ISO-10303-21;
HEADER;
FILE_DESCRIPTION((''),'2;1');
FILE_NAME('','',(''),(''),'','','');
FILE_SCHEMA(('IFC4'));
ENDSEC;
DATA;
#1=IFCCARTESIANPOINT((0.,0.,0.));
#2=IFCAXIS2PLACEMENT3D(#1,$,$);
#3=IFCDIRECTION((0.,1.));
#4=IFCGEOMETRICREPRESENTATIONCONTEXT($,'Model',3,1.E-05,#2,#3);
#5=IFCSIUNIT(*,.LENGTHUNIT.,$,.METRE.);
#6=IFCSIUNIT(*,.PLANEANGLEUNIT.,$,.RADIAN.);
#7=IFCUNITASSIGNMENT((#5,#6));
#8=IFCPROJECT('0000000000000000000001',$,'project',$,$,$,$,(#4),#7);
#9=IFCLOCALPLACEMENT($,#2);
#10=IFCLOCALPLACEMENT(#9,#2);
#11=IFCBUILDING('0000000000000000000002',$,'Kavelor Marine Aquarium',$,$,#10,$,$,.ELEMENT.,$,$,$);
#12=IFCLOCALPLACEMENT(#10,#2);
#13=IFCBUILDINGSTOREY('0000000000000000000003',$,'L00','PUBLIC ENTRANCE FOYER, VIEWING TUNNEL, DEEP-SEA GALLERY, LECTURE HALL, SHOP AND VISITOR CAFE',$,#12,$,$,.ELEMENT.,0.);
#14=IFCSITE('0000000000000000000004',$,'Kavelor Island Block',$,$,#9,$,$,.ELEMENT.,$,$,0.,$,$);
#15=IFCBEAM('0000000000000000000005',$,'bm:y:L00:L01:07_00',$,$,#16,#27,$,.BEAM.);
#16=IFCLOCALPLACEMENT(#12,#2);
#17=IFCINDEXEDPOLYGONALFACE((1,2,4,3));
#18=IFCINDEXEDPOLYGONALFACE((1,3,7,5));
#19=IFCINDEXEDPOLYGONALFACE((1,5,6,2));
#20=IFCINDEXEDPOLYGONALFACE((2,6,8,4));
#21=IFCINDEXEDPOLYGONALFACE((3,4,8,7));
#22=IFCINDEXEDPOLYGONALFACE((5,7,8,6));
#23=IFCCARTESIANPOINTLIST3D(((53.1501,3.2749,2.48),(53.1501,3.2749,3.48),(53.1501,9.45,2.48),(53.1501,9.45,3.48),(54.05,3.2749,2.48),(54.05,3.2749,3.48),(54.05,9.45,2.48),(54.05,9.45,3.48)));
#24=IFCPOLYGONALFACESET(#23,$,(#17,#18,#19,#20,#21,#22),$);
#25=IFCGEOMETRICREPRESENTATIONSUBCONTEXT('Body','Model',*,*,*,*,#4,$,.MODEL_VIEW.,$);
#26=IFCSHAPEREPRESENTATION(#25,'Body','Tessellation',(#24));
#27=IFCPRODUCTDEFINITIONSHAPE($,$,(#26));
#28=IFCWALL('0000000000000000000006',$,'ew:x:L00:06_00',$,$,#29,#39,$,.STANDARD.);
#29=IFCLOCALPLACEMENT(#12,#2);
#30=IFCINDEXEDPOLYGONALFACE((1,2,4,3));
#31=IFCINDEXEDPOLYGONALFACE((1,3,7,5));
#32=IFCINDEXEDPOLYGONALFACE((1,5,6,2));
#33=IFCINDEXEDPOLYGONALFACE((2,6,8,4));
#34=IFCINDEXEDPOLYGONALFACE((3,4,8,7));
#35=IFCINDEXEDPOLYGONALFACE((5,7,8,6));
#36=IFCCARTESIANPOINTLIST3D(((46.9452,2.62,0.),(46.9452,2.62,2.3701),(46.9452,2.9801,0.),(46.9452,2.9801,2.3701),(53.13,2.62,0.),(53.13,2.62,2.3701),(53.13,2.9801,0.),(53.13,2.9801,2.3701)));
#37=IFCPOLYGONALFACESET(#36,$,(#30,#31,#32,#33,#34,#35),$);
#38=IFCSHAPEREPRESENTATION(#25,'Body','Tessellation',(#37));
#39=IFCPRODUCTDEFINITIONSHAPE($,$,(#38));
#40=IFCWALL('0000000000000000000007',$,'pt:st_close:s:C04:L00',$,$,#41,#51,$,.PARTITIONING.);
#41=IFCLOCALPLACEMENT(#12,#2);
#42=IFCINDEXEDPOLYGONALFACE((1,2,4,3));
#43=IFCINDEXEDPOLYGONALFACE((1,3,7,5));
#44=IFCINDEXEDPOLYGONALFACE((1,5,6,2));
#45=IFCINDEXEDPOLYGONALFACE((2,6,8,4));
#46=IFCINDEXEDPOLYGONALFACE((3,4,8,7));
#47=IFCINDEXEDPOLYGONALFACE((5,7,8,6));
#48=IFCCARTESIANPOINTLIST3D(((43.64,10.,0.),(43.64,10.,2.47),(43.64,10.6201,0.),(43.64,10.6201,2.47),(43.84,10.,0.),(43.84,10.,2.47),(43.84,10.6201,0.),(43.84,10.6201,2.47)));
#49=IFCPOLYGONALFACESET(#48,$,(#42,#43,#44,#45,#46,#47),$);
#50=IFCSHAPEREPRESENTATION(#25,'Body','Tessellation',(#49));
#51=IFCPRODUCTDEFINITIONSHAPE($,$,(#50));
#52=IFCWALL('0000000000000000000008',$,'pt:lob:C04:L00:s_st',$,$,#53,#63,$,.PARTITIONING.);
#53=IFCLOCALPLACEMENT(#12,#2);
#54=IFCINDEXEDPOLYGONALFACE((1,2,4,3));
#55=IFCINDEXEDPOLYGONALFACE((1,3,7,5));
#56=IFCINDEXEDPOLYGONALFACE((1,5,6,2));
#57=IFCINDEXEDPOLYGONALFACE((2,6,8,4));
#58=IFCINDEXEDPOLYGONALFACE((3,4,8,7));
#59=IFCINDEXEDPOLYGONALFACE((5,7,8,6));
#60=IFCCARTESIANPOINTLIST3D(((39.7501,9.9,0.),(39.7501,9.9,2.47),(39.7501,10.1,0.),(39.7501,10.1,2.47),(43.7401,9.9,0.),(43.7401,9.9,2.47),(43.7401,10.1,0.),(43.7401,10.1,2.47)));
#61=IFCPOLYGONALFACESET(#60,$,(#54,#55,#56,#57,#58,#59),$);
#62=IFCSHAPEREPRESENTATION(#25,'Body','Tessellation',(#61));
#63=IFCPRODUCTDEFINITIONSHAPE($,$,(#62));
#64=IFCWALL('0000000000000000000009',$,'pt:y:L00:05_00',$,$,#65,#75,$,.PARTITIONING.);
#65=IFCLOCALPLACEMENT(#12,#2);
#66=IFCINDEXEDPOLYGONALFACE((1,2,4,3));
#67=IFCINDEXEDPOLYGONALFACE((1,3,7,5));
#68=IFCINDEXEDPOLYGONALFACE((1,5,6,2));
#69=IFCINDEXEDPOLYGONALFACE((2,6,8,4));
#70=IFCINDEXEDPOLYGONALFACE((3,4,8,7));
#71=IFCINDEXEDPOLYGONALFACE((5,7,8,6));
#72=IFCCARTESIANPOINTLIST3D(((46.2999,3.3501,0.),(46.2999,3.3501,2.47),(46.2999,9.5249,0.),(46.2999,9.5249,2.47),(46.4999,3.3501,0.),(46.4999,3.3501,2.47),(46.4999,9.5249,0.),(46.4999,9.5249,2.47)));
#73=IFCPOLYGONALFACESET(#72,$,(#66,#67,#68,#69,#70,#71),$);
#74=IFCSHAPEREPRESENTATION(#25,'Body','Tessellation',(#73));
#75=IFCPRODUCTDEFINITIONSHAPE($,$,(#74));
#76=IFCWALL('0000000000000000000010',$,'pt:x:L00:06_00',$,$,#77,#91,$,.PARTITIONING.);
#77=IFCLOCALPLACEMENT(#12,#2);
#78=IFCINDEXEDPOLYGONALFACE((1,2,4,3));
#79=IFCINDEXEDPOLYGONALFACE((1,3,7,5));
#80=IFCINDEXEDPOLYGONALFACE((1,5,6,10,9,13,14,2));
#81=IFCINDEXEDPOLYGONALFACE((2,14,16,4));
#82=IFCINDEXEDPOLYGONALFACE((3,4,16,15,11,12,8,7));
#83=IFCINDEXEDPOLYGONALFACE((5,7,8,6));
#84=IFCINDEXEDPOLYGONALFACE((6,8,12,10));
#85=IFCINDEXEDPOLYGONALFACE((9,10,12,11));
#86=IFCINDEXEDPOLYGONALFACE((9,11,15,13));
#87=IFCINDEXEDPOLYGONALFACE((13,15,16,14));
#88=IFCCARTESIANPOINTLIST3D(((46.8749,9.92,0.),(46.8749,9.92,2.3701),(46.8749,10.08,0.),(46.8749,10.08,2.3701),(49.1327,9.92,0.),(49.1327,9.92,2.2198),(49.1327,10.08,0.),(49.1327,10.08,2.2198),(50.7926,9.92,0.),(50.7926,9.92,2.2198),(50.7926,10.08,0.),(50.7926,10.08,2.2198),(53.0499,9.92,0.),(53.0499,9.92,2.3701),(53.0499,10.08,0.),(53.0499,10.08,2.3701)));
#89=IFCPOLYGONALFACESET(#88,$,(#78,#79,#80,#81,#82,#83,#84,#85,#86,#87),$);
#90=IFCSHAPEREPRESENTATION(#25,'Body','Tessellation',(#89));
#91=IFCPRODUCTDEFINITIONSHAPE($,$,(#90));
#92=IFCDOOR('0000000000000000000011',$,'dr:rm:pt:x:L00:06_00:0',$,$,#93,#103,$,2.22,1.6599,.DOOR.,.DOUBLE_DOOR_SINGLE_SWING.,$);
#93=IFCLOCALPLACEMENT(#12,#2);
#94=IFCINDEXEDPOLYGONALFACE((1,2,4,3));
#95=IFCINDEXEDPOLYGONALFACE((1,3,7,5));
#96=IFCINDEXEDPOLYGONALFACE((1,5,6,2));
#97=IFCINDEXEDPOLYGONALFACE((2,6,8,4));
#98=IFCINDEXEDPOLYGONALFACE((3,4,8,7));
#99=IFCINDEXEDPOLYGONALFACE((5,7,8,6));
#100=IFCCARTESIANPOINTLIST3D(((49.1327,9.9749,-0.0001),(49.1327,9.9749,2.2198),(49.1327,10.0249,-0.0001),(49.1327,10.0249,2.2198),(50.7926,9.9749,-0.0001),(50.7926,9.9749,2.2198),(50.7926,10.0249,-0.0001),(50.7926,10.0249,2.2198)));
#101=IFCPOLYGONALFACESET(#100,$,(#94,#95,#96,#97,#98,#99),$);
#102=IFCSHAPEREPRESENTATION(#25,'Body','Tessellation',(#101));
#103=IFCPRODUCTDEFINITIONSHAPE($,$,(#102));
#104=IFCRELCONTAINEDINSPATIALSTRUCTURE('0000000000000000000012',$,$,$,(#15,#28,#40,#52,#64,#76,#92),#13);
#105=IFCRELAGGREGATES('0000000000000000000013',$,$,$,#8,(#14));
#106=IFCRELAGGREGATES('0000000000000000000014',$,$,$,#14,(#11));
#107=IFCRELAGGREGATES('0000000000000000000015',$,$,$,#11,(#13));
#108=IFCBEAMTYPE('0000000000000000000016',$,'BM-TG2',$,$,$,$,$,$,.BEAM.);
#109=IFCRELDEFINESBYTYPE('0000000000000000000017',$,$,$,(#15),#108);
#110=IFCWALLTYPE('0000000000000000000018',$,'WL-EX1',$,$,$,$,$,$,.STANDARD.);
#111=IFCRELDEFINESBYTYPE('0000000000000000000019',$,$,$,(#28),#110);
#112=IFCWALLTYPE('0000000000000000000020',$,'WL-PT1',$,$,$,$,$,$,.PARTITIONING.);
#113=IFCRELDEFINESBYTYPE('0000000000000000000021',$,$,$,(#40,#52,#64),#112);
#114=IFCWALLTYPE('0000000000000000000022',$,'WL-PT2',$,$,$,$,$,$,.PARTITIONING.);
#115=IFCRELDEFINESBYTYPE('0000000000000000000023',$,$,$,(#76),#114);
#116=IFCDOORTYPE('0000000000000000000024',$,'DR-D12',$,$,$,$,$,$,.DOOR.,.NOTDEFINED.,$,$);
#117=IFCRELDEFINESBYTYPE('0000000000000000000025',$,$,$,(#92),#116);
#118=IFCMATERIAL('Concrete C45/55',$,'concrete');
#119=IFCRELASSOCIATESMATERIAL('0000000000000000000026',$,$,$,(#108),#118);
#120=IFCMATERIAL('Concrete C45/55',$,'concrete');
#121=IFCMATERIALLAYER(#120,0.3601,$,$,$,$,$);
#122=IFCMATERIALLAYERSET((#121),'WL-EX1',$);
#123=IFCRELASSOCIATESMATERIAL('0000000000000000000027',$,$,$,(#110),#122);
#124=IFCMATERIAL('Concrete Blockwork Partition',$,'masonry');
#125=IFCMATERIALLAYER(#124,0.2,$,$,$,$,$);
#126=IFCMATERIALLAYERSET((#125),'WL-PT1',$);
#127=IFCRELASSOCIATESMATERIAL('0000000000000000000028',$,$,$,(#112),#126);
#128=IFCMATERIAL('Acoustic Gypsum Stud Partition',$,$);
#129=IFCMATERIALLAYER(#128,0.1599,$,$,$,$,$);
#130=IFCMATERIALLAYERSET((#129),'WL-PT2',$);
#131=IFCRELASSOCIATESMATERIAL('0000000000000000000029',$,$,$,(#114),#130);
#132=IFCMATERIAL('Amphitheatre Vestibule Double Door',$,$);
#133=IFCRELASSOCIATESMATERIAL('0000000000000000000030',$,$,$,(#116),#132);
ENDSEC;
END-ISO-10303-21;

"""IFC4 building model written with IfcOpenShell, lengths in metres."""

from ifc_helpers import new_model, si_unit, direction, frame, frame_2d, origin, origin_2d, place, context, subcontext, project, spatial, rectangle, extrude, material, layer, layer_set, material_profile, profile_set, type_object, element, fill, save


model = new_model("IFC4")

# Units and contexts
model_context = context("Model", 3, precision=1e-05, world=origin(), true_north=direction((0.0, 1.0)))
body_context = subcontext(model_context, "Body", "Model", "MODEL_VIEW")
ifc_project = project(units=[si_unit("LENGTHUNIT", "METRE"), si_unit("PLANEANGLEUNIT", "RADIAN")], contexts=[model_context])

# Site, building, storey
site_placement = place(None, origin())
site = spatial("IfcSite", under=ifc_project, at=site_placement, Name="Kavelor Island Block", CompositionType="ELEMENT", RefElevation=0.0)
building_placement = place(site_placement, origin())
building = spatial("IfcBuilding", under=site, at=building_placement, Name="Kavelor Marine Aquarium", CompositionType="ELEMENT")
storey_placement = place(building_placement, origin())
storey = spatial("IfcBuildingStorey", under=building, at=storey_placement, Name="L00", Description="PUBLIC ENTRANCE FOYER, VIEWING TUNNEL, DEEP-SEA GALLERY, LECTURE HALL, SHOP AND VISITOR CAFE", CompositionType="ELEMENT", Elevation=0.0)

# Beam
ifc_material_1 = material(Name="Concrete C45/55", Category="concrete")
ifc_material_profile_1 = material_profile(ifc_material_1, rectangle(XDim=0.8999, YDim=1.0, at=origin_2d()), Name="RC-TG 900x1000")
ifc_profile_set_1 = profile_set([ifc_material_profile_1], Name="Concrete C45/55")
beam_type_1 = type_object("IfcBeamType", Name="BM-TG2", PredefinedType="BEAM", material=ifc_profile_set_1)
beam_1_placement = place(storey_placement, frame((53.6001, 3.2749, 2.98), z_axis=(0.0, 1.0, 0.0), x_axis=(-1.0, 0.0, 0.0)))
element("IfcBeam", 1, at=beam_1_placement, inside=storey, type_object=beam_type_1, Name="bm:y:L00:L01:07_00", PredefinedType="BEAM", context=body_context, shape_type="SweptSolid", body=[
    extrude(rectangle(XDim=0.8999, YDim=1.0, at=origin_2d()), origin(), (0.0, 0.0, 1.0), 6.175),
])

# Wall
ifc_material_2 = material(Name="Concrete C45/55", Category="concrete")
ifc_layer_1 = layer(ifc_material_2, 0.3601)
ifc_layer_set_1 = layer_set([ifc_layer_1], Name="WL-EX1")
wall_type_1 = type_object("IfcWallType", Name="WL-EX1", PredefinedType="STANDARD", material=ifc_layer_set_1)
wall_1_placement = place(storey_placement, frame((53.1299, 2.8, 0.0), z_axis=(0.0, 0.0, 1.0), x_axis=(-1.0, 0.0, 0.0)))
element("IfcWall", 2, at=wall_1_placement, inside=storey, type_object=wall_type_1, Name="ew:x:L00:06_00", PredefinedType="STANDARD", context=body_context, shape_type="SweptSolid", body=[
    extrude(rectangle(XDim=6.1848, YDim=0.3601, at=frame_2d((3.0923, 0.0))), origin(), (0.0, 0.0, 1.0), 2.3701),
])

# Walls
ifc_material_3 = material(Name="Concrete Blockwork Partition", Category="masonry")
ifc_layer_2 = layer(ifc_material_3, 0.2)
ifc_layer_set_2 = layer_set([ifc_layer_2], Name="WL-PT1")
wall_type_2 = type_object("IfcWallType", Name="WL-PT1", PredefinedType="PARTITIONING", material=ifc_layer_set_2)
wall_2_placement = place(storey_placement, frame((43.74, 10.0, 0.0), z_axis=(0.0, 0.0, 1.0), x_axis=(0.0, 1.0, 0.0)))
element("IfcWall", 3, at=wall_2_placement, inside=storey, type_object=wall_type_2, Name="pt:st_close:s:C04:L00", PredefinedType="PARTITIONING", context=body_context, shape_type="SweptSolid", body=[
    extrude(rectangle(XDim=0.6201, YDim=0.2, at=frame_2d((0.3101, 0.0))), origin(), (0.0, 0.0, 1.0), 2.47),
])
wall_3_placement = place(storey_placement, frame((39.75, 10.0, 0.0), z_axis=(0.0, 0.0, 1.0), x_axis=(1.0, 0.0, 0.0)))
element("IfcWall", 4, at=wall_3_placement, inside=storey, type_object=wall_type_2, Name="pt:lob:C04:L00:s_st", PredefinedType="PARTITIONING", context=body_context, shape_type="SweptSolid", body=[
    extrude(rectangle(XDim=3.99, YDim=0.2, at=frame_2d((1.9951, 0.0))), origin(), (0.0, 0.0, 1.0), 2.47),
])

# Wall
wall_4_placement = place(storey_placement, frame((46.3999, 3.3501, 0.0), z_axis=(0.0, 0.0, 1.0), x_axis=(0.0, 1.0, 0.0)))
element("IfcWall", 5, at=wall_4_placement, inside=storey, type_object=wall_type_2, Name="pt:y:L00:05_00", PredefinedType="PARTITIONING", context=body_context, shape_type="SweptSolid", body=[
    extrude(rectangle(XDim=6.1748, YDim=0.2, at=frame_2d((3.0874, 0.0))), origin(), (0.0, 0.0, 1.0), 2.47),
])

# Wall, opening, door
ifc_material_4 = material(Name="Acoustic Gypsum Stud Partition")
ifc_layer_3 = layer(ifc_material_4, 0.1599)
ifc_layer_set_3 = layer_set([ifc_layer_3], Name="WL-PT2")
wall_type_3 = type_object("IfcWallType", Name="WL-PT2", PredefinedType="PARTITIONING", material=ifc_layer_set_3)
wall_5_placement = place(storey_placement, frame((46.875, 10.0, 0.0), z_axis=(0.0, 0.0, 1.0), x_axis=(1.0, 0.0, 0.0)))
wall_5 = element("IfcWall", 6, at=wall_5_placement, inside=storey, type_object=wall_type_3, Name="pt:x:L00:06_00", PredefinedType="PARTITIONING", context=body_context, shape_type="SweptSolid", body=[
    extrude(rectangle(XDim=6.175, YDim=0.1599, at=frame_2d((3.0874, 0.0))), origin(), (0.0, 0.0, 1.0), 2.3701),
])
opening_1_placement = place(wall_5_placement, frame((2.2576, 0.0, 0.0)))
opening_1 = element("IfcOpeningElement", 7, at=opening_1_placement, cuts=wall_5, PredefinedType="OPENING", context=body_context, shape_type="SweptSolid", body=[
    extrude(rectangle(XDim=1.6599, YDim=2.22, at=frame_2d((0.8301, 1.1099))), frame((0.0, 0.0898, 0.0), z_axis=(0.0, -1.0, 0.0), x_axis=(1.0, 0.0, 0.0)), (0.0, 0.0, 1.0), 0.1799),
])
ifc_material_5 = material(Name="Amphitheatre Vestibule Double Door")
door_type_1 = type_object("IfcDoorType", Name="DR-D12", OperationType="NOTDEFINED", PredefinedType="DOOR", material=ifc_material_5)
door_1_placement = place(opening_1_placement, origin())
door_1 = element("IfcDoor", 8, at=door_1_placement, inside=storey, type_object=door_type_1, Name="dr:rm:pt:x:L00:06_00:0", OperationType="DOUBLE_DOOR_SINGLE_SWING", OverallHeight=2.22, OverallWidth=1.6599, PredefinedType="DOOR", context=body_context, shape_type="SweptSolid", body=[
    extrude(rectangle(XDim=1.6599, YDim=2.22, at=frame_2d((0.8301, 1.1099))), frame((0.0, 0.0249, 0.0), z_axis=(0.0, -1.0, 0.0), x_axis=(1.0, 0.0, 0.0)), (0.0, 0.0, 1.0), 0.05),
])
fill(opening_1, door_1)

save(model, "model.ifc")
